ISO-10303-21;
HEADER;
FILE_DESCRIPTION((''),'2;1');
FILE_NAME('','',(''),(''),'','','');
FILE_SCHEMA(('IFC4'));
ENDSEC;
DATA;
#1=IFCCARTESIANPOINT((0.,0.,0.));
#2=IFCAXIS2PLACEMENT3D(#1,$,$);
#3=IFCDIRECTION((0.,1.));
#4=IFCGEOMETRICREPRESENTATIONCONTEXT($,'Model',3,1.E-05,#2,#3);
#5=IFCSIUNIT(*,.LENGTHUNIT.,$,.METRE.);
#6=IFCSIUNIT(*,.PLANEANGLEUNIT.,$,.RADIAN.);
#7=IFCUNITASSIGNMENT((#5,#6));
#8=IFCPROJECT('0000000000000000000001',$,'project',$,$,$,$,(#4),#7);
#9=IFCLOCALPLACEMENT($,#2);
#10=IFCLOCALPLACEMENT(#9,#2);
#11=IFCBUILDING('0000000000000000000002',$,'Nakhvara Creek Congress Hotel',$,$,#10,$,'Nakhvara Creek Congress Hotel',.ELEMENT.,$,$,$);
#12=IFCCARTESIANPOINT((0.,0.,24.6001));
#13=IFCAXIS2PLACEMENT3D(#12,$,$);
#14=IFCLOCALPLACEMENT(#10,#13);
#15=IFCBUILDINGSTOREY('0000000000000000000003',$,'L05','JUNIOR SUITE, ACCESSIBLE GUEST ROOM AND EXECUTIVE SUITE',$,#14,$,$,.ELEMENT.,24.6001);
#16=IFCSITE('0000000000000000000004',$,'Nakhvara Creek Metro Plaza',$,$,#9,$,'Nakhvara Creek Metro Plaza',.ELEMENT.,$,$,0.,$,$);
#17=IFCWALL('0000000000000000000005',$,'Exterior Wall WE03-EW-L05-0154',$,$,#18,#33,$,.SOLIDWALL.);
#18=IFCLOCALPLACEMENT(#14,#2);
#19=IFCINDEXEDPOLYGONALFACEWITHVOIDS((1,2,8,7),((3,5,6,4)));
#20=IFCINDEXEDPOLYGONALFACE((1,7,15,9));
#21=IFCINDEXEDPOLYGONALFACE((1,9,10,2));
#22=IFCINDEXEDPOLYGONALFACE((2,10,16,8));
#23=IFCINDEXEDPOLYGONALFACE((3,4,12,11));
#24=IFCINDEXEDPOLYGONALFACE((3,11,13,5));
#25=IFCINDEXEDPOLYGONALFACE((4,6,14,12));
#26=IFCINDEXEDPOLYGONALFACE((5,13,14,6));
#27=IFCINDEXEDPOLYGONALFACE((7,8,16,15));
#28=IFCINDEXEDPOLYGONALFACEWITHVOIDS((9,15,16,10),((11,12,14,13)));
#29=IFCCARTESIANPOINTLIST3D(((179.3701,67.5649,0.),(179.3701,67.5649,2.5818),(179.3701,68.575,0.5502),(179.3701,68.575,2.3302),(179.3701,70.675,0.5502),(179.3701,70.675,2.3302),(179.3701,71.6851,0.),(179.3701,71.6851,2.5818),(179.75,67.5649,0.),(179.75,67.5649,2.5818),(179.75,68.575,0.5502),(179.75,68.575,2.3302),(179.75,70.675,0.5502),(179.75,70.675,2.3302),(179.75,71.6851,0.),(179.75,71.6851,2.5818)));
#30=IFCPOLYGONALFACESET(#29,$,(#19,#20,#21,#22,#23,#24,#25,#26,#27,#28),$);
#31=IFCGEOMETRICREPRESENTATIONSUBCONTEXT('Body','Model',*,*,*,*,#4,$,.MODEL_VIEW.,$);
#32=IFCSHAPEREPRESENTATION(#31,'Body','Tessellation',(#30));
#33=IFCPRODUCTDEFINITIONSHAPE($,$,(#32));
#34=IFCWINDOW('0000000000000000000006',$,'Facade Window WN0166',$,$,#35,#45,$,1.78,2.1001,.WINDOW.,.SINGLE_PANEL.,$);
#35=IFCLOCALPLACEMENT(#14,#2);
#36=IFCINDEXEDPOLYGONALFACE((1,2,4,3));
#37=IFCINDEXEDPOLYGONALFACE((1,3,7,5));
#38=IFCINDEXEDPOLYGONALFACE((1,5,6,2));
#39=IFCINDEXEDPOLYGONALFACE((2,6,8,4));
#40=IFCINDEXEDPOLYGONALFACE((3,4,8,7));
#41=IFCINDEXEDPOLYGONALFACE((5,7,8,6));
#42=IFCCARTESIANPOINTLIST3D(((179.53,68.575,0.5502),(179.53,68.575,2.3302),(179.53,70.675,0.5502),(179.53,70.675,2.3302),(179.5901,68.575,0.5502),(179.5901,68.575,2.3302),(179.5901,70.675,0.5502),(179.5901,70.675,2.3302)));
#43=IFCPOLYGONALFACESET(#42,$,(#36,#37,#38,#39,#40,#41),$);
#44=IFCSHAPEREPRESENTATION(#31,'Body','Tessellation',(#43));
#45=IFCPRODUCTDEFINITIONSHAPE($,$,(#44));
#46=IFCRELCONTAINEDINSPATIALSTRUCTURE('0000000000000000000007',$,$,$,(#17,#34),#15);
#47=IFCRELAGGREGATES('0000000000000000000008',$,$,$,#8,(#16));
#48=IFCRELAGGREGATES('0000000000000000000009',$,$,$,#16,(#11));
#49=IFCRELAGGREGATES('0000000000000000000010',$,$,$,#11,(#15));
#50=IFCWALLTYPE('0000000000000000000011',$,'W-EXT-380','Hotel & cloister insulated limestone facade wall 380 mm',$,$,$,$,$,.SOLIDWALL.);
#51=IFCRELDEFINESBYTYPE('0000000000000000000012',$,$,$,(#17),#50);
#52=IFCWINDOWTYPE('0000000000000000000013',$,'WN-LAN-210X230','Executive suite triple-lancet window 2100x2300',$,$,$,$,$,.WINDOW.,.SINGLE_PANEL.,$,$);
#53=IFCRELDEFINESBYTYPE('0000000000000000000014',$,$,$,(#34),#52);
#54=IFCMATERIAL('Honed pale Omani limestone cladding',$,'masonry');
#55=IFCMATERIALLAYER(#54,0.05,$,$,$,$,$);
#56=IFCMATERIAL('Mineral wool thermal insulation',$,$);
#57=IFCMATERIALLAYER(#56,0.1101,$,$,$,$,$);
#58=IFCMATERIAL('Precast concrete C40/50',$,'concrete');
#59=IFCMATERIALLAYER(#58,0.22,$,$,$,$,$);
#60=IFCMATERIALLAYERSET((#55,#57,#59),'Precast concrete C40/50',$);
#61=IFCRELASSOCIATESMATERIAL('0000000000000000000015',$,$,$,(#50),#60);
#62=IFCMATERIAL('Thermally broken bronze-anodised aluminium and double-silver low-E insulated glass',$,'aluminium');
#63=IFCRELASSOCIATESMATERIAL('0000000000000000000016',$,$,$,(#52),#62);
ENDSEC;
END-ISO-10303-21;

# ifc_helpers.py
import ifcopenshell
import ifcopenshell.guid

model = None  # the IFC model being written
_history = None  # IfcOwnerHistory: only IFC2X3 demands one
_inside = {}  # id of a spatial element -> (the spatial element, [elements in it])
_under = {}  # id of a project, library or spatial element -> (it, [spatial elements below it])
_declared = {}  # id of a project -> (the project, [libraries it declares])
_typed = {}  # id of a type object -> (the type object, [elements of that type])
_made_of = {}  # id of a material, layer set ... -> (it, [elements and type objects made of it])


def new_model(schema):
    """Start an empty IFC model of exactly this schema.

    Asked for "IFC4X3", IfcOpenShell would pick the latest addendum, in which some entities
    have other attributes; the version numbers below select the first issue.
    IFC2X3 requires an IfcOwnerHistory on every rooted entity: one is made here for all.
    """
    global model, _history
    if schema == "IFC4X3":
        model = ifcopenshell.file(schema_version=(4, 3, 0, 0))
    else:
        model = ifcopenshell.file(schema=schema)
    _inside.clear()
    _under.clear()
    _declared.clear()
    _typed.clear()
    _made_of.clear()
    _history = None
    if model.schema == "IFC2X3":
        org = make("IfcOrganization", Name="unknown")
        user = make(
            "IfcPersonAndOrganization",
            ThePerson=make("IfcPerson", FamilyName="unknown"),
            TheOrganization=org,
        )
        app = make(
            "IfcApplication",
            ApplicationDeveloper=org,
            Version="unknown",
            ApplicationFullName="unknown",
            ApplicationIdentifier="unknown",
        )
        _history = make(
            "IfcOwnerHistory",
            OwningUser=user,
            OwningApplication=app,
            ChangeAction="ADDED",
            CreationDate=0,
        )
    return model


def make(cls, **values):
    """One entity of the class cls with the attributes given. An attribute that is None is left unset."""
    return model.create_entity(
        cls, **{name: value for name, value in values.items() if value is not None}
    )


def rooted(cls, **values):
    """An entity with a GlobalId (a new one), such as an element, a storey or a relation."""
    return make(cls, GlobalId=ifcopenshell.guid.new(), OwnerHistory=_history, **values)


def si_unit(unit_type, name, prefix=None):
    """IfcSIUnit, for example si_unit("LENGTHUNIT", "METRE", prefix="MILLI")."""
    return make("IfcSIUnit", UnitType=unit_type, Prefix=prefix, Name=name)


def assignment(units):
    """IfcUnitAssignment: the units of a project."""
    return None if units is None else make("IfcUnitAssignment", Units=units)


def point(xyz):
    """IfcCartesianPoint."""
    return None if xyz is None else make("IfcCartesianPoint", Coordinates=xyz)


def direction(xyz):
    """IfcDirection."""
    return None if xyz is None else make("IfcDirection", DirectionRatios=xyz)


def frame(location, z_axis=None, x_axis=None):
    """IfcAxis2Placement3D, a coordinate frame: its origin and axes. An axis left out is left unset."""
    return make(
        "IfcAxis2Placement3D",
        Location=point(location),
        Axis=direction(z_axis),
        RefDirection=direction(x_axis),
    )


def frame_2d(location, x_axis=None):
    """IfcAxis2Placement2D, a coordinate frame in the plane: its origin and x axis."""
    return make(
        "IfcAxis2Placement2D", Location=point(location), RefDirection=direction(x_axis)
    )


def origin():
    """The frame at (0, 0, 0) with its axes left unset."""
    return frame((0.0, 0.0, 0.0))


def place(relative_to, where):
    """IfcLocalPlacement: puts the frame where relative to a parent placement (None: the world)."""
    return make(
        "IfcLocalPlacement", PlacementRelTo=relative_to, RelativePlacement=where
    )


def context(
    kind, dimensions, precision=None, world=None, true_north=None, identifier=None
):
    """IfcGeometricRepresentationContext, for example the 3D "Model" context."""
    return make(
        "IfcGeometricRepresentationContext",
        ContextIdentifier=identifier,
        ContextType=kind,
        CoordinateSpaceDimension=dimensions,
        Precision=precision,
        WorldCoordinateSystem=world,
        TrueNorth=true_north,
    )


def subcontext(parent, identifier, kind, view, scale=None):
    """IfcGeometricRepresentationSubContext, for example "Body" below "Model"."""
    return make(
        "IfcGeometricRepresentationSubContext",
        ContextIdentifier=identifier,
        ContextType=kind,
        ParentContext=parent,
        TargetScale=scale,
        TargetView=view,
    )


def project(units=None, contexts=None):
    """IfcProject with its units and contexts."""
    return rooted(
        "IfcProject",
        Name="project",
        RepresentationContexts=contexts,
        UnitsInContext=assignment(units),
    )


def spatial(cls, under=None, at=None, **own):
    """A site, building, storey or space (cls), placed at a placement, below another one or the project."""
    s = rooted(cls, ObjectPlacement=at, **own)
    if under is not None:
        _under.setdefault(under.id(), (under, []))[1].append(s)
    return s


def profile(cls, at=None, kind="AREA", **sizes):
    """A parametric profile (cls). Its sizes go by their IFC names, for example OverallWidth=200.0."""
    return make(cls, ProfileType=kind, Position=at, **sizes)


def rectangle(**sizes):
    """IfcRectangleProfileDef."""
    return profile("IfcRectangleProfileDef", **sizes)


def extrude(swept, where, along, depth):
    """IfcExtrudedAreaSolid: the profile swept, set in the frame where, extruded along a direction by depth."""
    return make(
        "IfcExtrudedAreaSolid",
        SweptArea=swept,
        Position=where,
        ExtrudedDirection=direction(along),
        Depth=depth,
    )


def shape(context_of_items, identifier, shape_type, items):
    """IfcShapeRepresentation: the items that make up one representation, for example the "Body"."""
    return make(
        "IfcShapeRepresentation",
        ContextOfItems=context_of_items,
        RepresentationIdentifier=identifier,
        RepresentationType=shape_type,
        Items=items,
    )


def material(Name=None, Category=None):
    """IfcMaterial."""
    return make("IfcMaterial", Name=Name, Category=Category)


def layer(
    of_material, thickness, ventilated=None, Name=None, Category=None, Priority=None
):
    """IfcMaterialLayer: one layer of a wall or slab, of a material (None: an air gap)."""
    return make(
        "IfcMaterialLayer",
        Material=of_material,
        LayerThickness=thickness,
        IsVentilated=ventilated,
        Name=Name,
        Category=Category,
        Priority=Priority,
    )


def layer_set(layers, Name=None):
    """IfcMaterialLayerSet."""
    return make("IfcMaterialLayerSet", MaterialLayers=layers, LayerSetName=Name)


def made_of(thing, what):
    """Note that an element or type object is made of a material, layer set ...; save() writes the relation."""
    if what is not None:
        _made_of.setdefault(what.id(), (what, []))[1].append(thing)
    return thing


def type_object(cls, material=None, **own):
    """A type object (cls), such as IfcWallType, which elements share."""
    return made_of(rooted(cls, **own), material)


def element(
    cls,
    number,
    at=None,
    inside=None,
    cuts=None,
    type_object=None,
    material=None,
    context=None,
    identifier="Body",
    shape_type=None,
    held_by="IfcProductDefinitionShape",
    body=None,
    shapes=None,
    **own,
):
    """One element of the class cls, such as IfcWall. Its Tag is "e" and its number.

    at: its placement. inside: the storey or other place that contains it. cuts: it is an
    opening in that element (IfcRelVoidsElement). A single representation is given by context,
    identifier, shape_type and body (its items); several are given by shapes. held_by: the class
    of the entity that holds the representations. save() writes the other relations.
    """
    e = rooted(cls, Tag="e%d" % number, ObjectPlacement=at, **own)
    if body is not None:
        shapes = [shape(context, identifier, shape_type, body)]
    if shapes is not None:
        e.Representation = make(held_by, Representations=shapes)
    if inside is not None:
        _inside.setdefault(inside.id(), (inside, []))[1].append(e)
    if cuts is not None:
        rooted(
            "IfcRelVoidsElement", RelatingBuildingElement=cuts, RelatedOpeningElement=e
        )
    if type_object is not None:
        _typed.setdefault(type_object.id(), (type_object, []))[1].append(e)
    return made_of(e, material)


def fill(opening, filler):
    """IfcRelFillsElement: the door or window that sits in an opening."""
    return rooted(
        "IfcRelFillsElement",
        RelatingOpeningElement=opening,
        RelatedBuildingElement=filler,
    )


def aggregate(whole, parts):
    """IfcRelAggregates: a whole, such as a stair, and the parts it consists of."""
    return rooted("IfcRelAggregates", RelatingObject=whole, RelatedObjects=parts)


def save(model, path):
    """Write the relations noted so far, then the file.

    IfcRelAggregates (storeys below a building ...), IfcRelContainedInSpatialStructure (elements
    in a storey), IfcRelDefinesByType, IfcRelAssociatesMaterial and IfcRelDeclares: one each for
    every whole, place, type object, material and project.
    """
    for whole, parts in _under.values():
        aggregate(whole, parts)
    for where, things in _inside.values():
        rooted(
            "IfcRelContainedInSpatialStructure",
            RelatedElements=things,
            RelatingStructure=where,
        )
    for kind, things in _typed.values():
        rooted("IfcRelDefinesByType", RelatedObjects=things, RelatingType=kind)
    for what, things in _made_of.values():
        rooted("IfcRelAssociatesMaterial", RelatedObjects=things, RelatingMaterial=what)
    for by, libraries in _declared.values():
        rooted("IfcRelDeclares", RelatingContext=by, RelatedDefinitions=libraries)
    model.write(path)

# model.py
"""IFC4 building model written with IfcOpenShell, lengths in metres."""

from ifc_helpers import new_model, si_unit, direction, frame, frame_2d, origin, place, context, subcontext, project, spatial, rectangle, extrude, material, layer, layer_set, type_object, element, fill, save


model = new_model("IFC4")

# Units and contexts
model_context = context("Model", 3, precision=1e-05, world=origin(), true_north=direction((0.0, 1.0)))
body_context = subcontext(model_context, "Body", "Model", "MODEL_VIEW")
ifc_project = project(units=[si_unit("LENGTHUNIT", "METRE"), si_unit("PLANEANGLEUNIT", "RADIAN")], contexts=[model_context])

# Site, building, storey
site_placement = place(None, origin())
site = spatial("IfcSite", under=ifc_project, at=site_placement, Name="Nakhvara Creek Metro Plaza", LongName="Nakhvara Creek Metro Plaza", CompositionType="ELEMENT", RefElevation=0.0)
building_placement = place(site_placement, origin())
building = spatial("IfcBuilding", under=site, at=building_placement, Name="Nakhvara Creek Congress Hotel", LongName="Nakhvara Creek Congress Hotel", CompositionType="ELEMENT")
storey_placement = place(building_placement, frame((0.0, 0.0, 24.6001)))
storey = spatial("IfcBuildingStorey", under=building, at=storey_placement, Name="L05", Description="JUNIOR SUITE, ACCESSIBLE GUEST ROOM AND EXECUTIVE SUITE", CompositionType="ELEMENT", Elevation=24.6001)

# Wall, opening, window
ifc_material_1 = material(Name="Honed pale Omani limestone cladding", Category="masonry")
ifc_layer_1 = layer(ifc_material_1, 0.05)
ifc_material_2 = material(Name="Mineral wool thermal insulation")
ifc_layer_2 = layer(ifc_material_2, 0.1101)
ifc_material_3 = material(Name="Precast concrete C40/50", Category="concrete")
ifc_layer_3 = layer(ifc_material_3, 0.22)
ifc_layer_set_1 = layer_set([ifc_layer_1, ifc_layer_2, ifc_layer_3], Name="Precast concrete C40/50")
wall_type = type_object("IfcWallType", Name="W-EXT-380", Description="Hotel & cloister insulated limestone facade wall 380 mm", PredefinedType="SOLIDWALL", material=ifc_layer_set_1)
wall_placement = place(storey_placement, frame((179.5601, 71.6851, 0.0), z_axis=(0.0, 0.0, 1.0), x_axis=(0.0, -1.0, 0.0)))
wall = element("IfcWall", 1, at=wall_placement, inside=storey, type_object=wall_type, Name="Exterior Wall WE03-EW-L05-0154", PredefinedType="SOLIDWALL", context=body_context, shape_type="SweptSolid", body=[
    extrude(rectangle(XDim=4.1201, YDim=0.3799, at=frame_2d((2.0601, 0.0))), origin(), (0.0, 0.0, 1.0), 2.5818),
])
opening_placement = place(wall_placement, frame((1.01, 0.0, 0.55)))
opening = element("IfcOpeningElement", 2, at=opening_placement, cuts=wall, PredefinedType="OPENING", context=body_context, shape_type="SweptSolid", body=[
    extrude(rectangle(XDim=2.1001, YDim=1.78, at=frame_2d((1.05, 0.8901))), frame((0.0, 0.2019, 0.0), z_axis=(0.0, -1.0, 0.0), x_axis=(1.0, 0.0, 0.0)), (0.0, 0.0, 1.0), 0.4038),
])
ifc_material_4 = material(Name="Thermally broken bronze-anodised aluminium and double-silver low-E insulated glass", Category="aluminium")
window_type = type_object("IfcWindowType", Name="WN-LAN-210X230", Description="Executive suite triple-lancet window 2100x2300", PartitioningType="SINGLE_PANEL", PredefinedType="WINDOW", material=ifc_material_4)
window_placement = place(opening_placement, origin())
window = element("IfcWindow", 3, at=window_placement, inside=storey, type_object=window_type, Name="Facade Window WN0166", OverallHeight=1.78, OverallWidth=2.1001, PartitioningType="SINGLE_PANEL", PredefinedType="WINDOW", context=body_context, shape_type="SweptSolid", body=[
    extrude(rectangle(XDim=2.1001, YDim=1.78, at=frame_2d((1.05, 0.8901))), frame((0.0, 0.03, 0.0), z_axis=(0.0, -1.0, 0.0), x_axis=(1.0, 0.0, 0.0)), (0.0, 0.0, 1.0), 0.0601),
])
fill(opening, window)

save(model, "model.ifc")
